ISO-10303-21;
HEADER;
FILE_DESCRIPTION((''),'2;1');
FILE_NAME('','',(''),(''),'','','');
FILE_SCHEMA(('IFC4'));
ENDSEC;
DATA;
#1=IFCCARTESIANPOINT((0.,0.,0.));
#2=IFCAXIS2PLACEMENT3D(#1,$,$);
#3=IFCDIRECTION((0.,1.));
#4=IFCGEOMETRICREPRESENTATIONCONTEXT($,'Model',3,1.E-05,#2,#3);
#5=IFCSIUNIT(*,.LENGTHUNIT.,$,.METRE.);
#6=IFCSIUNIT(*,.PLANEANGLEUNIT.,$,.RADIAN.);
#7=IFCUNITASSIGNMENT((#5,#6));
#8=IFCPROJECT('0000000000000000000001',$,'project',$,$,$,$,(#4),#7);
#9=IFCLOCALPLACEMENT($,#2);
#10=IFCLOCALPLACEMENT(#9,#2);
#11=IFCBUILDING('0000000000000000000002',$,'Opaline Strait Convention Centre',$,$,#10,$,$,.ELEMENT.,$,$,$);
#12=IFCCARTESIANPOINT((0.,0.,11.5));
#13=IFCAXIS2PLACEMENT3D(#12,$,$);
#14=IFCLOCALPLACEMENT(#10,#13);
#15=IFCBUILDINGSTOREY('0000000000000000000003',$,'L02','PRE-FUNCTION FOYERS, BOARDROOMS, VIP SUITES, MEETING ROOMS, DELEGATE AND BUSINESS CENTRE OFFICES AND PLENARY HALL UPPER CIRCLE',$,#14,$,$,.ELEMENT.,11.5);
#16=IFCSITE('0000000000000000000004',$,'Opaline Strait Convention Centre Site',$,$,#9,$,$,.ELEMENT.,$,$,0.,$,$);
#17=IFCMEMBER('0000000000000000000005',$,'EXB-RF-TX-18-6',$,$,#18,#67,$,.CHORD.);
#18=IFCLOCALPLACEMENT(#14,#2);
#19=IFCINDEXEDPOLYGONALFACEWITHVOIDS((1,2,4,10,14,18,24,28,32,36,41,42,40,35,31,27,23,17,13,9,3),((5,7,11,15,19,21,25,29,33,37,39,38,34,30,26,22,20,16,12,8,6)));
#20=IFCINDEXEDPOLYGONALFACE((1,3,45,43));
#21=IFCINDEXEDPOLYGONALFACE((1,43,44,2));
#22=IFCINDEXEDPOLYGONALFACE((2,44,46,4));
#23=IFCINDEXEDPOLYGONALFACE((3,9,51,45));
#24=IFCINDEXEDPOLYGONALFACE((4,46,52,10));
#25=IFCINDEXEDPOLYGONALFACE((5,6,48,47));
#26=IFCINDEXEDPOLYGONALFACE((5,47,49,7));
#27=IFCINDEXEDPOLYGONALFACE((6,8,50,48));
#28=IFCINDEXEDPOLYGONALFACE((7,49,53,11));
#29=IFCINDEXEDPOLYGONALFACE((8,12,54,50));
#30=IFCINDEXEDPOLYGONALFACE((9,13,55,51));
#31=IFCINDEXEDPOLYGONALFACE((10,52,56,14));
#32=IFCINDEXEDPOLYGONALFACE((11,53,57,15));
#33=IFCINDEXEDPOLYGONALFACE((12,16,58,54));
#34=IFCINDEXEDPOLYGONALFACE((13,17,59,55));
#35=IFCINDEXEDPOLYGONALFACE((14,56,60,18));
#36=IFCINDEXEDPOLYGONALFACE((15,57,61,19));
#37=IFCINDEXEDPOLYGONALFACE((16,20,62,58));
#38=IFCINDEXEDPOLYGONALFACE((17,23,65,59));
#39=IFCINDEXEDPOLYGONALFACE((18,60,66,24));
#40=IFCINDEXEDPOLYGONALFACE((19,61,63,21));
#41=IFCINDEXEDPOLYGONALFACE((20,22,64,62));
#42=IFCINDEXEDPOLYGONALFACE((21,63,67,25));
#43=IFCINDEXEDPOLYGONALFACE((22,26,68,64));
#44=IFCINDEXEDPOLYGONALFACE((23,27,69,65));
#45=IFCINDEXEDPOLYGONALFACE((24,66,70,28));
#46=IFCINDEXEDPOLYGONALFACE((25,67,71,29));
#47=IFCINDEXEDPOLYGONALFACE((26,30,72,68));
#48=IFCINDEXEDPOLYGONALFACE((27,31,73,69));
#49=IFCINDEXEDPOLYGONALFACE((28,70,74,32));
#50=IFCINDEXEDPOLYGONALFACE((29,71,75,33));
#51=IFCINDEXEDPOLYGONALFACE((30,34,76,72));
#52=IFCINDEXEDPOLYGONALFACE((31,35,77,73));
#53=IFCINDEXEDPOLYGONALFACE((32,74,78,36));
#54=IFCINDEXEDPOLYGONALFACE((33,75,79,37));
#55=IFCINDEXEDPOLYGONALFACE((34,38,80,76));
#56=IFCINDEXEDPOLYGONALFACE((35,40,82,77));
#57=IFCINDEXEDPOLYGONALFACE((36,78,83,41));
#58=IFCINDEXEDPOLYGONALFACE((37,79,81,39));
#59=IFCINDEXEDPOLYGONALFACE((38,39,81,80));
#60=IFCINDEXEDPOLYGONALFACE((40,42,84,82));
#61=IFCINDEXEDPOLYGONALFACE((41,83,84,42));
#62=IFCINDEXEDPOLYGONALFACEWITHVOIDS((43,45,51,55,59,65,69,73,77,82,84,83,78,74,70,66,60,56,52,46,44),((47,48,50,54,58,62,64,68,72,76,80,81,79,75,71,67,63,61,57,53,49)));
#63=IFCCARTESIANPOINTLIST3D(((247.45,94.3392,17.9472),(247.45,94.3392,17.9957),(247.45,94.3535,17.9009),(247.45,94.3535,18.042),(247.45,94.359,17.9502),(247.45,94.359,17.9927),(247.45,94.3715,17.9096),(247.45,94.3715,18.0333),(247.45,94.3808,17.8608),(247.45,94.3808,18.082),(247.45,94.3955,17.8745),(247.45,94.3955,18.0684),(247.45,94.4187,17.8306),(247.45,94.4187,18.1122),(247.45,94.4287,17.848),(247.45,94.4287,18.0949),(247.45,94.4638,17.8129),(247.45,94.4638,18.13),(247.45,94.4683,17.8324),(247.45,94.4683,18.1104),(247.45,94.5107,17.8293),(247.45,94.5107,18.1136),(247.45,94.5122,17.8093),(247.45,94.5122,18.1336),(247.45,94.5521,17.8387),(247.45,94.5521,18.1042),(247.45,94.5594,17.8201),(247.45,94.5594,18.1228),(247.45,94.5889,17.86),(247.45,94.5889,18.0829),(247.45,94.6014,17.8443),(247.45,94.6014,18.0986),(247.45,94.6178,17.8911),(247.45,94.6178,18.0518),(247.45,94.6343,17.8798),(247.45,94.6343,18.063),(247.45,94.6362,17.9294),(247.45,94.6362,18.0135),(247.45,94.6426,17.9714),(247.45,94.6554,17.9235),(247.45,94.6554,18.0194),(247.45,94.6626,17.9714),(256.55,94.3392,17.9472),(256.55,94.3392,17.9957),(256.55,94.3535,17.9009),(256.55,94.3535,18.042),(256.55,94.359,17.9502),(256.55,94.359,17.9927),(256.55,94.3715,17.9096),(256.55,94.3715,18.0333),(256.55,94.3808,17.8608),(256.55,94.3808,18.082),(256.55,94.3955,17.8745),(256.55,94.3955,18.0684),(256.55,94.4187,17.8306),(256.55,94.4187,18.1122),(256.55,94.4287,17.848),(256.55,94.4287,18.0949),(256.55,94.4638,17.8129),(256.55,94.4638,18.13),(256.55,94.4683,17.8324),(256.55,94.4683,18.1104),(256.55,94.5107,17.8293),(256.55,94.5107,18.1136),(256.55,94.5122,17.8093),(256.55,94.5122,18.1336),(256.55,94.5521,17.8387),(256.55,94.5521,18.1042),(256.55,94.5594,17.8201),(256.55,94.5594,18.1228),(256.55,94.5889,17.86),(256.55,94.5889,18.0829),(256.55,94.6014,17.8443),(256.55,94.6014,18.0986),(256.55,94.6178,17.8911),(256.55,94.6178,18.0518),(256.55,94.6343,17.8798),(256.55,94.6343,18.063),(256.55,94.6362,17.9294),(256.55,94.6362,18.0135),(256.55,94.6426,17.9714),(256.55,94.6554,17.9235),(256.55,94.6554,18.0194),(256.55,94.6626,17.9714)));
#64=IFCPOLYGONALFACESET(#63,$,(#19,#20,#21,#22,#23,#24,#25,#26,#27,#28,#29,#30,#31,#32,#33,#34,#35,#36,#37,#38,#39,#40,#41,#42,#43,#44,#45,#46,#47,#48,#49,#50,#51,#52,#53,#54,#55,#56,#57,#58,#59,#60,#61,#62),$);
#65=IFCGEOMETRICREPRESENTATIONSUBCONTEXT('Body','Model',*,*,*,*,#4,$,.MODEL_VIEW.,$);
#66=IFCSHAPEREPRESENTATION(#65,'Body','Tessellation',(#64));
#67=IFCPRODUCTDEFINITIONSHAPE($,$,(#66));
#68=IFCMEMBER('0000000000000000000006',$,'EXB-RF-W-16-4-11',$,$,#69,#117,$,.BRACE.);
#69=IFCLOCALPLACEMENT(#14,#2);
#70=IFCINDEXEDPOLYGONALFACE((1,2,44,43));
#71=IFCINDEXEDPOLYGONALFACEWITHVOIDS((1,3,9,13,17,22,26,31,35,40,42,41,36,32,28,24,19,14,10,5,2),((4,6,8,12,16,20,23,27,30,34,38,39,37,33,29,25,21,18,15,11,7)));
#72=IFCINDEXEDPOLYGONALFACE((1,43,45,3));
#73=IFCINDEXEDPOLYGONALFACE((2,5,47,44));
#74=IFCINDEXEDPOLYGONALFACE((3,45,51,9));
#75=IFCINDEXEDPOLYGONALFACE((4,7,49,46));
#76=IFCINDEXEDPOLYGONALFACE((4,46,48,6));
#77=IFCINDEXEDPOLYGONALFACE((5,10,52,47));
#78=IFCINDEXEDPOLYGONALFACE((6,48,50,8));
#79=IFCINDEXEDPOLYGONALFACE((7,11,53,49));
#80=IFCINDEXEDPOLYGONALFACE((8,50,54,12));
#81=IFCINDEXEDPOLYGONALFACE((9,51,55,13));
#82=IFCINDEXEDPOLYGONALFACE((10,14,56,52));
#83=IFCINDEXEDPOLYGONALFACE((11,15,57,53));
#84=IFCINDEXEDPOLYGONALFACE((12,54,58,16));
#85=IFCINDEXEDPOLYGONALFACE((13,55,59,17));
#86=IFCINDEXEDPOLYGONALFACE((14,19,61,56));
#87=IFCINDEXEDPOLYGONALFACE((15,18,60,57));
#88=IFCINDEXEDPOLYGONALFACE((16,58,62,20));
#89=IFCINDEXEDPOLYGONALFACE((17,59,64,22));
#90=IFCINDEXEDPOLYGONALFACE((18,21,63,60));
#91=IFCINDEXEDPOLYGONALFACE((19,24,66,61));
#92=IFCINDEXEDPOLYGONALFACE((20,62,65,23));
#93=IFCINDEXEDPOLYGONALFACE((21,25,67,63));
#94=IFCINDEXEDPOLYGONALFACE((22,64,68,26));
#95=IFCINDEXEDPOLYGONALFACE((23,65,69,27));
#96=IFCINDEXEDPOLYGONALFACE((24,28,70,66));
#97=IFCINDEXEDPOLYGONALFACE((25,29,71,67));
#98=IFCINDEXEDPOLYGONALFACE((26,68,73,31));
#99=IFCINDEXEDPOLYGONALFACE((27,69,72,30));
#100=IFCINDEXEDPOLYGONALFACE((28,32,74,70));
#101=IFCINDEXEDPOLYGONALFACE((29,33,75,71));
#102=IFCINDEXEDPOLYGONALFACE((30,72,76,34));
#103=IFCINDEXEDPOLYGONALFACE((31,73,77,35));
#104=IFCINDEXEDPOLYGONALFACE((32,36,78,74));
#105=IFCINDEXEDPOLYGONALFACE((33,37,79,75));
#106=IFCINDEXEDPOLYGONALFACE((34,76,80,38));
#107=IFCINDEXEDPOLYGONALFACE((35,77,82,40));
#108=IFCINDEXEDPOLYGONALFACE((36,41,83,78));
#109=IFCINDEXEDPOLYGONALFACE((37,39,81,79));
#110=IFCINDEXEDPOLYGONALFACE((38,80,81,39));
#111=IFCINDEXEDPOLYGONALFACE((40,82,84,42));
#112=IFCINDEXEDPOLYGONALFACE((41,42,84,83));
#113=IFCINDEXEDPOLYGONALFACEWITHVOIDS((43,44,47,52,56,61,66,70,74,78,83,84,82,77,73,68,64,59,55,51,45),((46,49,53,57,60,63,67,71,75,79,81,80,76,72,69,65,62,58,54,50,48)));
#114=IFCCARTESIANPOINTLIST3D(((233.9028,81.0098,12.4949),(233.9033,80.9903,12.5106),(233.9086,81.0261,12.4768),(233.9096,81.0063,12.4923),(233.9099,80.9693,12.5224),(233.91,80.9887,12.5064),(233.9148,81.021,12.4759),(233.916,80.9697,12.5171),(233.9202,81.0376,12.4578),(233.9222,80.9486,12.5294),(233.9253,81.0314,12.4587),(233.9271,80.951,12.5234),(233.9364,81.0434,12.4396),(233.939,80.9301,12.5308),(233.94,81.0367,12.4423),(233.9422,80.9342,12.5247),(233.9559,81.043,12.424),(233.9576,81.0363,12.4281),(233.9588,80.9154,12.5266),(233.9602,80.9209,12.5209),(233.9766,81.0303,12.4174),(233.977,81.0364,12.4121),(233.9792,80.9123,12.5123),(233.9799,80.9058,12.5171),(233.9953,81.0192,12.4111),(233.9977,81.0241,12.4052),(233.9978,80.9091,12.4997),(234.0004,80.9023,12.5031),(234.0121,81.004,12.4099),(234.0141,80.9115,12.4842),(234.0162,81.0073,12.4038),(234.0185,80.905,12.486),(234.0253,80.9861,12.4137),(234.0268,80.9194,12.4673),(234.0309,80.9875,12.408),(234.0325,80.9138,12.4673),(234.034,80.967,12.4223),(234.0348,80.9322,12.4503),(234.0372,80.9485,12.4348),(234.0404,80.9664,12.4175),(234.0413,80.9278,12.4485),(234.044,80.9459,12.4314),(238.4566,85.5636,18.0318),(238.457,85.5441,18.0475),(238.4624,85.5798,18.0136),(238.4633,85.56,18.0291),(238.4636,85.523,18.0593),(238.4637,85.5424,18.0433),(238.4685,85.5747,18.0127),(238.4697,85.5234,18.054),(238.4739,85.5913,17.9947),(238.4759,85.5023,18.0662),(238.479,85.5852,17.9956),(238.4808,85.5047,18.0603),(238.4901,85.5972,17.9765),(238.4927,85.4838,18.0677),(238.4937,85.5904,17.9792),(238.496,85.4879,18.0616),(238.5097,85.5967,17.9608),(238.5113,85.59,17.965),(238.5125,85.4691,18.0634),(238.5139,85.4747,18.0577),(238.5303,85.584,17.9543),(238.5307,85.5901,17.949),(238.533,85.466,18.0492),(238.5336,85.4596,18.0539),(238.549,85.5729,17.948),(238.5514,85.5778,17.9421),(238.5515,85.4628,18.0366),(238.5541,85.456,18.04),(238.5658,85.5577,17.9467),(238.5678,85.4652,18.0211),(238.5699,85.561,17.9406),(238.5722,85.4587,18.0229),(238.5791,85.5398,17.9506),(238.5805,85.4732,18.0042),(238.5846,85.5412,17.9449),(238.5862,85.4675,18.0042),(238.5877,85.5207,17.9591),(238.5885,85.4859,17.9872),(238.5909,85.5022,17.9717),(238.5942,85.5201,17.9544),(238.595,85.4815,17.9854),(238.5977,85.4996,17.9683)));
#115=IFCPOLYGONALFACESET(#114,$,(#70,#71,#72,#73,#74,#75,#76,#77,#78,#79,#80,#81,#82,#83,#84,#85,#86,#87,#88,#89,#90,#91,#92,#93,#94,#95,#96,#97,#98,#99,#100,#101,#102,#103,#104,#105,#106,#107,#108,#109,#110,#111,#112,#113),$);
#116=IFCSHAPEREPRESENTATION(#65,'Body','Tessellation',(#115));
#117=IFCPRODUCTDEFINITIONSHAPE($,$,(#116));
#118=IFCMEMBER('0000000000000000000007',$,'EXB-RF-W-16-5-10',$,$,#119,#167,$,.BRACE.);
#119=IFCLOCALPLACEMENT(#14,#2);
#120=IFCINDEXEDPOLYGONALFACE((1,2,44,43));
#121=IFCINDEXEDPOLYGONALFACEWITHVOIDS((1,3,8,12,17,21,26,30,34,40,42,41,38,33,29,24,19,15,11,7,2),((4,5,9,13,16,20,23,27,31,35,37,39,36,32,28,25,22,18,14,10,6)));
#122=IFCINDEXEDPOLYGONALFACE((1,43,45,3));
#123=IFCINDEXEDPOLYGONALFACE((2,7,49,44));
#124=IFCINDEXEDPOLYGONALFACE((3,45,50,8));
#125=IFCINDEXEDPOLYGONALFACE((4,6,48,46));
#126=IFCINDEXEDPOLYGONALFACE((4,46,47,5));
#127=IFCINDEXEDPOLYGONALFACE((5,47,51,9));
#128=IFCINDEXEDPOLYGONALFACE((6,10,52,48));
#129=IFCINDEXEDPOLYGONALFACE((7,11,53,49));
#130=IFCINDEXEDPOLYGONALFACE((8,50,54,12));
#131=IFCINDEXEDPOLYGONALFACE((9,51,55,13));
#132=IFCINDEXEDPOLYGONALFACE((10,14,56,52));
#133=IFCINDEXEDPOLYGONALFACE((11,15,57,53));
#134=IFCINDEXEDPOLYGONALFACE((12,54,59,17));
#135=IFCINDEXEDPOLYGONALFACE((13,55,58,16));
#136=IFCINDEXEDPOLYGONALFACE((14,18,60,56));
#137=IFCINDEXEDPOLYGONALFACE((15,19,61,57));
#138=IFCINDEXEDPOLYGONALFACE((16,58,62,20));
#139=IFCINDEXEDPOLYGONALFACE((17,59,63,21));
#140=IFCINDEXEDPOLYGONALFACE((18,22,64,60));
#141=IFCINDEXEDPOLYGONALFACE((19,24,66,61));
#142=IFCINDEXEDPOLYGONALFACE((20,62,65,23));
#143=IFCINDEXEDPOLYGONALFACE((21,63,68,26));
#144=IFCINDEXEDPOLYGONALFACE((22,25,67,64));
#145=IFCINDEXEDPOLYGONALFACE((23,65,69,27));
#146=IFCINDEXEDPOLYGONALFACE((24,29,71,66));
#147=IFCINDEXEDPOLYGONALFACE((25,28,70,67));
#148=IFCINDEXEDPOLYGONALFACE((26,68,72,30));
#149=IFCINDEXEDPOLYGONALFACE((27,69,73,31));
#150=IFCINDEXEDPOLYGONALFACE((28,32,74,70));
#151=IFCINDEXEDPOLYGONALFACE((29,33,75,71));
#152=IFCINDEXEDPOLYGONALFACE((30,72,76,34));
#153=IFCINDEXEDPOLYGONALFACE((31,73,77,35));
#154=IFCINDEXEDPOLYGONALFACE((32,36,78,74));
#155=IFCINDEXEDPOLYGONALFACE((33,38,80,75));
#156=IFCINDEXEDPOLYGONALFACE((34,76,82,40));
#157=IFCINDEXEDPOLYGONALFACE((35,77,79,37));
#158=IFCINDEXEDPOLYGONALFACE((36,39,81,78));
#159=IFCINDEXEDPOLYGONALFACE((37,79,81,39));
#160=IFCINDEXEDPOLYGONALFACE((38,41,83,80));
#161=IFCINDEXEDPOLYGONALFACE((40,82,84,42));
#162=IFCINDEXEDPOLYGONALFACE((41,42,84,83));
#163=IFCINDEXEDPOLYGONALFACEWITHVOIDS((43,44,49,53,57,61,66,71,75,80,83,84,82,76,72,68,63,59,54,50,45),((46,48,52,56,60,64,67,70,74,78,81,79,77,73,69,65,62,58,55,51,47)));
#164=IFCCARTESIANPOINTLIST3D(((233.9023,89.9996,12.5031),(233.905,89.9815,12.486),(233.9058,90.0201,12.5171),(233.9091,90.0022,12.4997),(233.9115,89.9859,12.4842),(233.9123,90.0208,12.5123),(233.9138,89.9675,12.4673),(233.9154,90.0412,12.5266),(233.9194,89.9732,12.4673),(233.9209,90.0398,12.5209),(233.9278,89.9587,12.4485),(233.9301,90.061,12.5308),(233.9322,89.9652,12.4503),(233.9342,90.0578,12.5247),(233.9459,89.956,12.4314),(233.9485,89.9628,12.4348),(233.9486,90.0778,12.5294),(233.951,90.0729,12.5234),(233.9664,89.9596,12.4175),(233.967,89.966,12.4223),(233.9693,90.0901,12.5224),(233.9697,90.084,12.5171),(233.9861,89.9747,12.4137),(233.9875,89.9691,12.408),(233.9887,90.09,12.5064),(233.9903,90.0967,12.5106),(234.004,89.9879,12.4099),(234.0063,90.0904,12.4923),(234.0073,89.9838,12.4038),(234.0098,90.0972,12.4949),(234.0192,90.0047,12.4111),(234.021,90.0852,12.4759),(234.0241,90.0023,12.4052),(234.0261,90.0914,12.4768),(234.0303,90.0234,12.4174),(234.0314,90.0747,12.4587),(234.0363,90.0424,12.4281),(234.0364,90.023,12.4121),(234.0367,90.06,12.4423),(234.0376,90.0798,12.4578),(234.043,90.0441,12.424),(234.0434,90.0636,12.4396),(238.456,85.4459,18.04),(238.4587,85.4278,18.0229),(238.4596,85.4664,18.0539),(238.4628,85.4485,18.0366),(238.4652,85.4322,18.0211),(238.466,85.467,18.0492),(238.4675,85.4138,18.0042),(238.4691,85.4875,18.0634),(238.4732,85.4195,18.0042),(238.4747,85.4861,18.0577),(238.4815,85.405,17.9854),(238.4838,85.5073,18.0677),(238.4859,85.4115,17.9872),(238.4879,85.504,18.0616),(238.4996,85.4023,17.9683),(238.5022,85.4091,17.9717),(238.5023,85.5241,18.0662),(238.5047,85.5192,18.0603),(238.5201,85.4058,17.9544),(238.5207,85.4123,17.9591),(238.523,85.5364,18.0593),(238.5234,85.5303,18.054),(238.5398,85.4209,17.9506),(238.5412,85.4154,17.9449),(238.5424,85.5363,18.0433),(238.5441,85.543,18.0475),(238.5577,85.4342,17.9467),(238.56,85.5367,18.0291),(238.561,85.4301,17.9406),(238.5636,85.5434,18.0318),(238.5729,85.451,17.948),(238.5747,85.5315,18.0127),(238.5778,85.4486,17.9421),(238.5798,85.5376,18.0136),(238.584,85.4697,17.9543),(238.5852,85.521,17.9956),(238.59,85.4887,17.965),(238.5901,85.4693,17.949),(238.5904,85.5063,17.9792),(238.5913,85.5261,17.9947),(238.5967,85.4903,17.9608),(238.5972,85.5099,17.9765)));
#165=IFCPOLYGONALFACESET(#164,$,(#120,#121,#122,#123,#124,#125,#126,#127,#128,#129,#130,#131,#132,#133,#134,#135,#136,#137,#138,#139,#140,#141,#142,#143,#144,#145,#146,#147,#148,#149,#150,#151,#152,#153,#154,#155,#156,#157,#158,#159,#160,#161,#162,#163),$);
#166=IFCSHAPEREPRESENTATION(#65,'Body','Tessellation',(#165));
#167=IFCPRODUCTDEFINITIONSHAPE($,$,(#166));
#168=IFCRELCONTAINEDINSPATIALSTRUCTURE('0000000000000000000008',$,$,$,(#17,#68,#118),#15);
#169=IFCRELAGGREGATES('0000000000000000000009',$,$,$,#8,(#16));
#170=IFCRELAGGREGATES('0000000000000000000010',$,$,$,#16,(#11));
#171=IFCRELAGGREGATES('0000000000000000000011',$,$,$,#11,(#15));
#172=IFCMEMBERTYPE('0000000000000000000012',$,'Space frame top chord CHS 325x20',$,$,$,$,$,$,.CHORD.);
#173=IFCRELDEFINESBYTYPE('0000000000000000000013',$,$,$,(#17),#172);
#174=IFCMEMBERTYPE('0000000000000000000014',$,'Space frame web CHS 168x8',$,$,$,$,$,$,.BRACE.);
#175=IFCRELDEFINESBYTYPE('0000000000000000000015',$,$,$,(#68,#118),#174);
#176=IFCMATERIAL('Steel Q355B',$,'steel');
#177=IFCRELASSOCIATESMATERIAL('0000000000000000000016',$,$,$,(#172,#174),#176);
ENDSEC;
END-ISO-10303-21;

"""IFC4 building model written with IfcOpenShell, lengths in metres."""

from ifc_helpers import new_model, si_unit, direction, frame, origin, origin_2d, place, context, subcontext, project, spatial, hollow_circle, extrude, material, material_profile, profile_set, type_object, element, save


model = new_model("IFC4")

# Units and contexts
model_context = context("Model", 3, precision=1e-05, world=origin(), true_north=direction((0.0, 1.0)))
body_context = subcontext(model_context, "Body", "Model", "MODEL_VIEW")
ifc_project = project(units=[si_unit("LENGTHUNIT", "METRE"), si_unit("PLANEANGLEUNIT", "RADIAN")], contexts=[model_context])

# Site, building, storey
site_placement = place(None, origin())
site = spatial("IfcSite", under=ifc_project, at=site_placement, Name="Opaline Strait Convention Centre Site", CompositionType="ELEMENT", RefElevation=0.0)
building_placement = place(site_placement, origin())
building = spatial("IfcBuilding", under=site, at=building_placement, Name="Opaline Strait Convention Centre", CompositionType="ELEMENT")
storey_placement = place(building_placement, frame((0.0, 0.0, 11.5)))
storey = spatial("IfcBuildingStorey", under=building, at=storey_placement, Name="L02", Description="PRE-FUNCTION FOYERS, BOARDROOMS, VIP SUITES, MEETING ROOMS, DELEGATE AND BUSINESS CENTRE OFFICES AND PLENARY HALL UPPER CIRCLE", CompositionType="ELEMENT", Elevation=11.5)

# Members
ifc_material = material(Name="Steel Q355B", Category="steel")
ifc_material_profile_1 = material_profile(ifc_material, hollow_circle(Radius=0.1626, WallThickness=0.02, at=origin_2d()), Name="CHS 325x20")
ifc_profile_set_1 = profile_set([ifc_material_profile_1], Name="Steel Q355B")
member_type_1 = type_object("IfcMemberType", Name="Space frame top chord CHS 325x20", PredefinedType="CHORD", material=ifc_profile_set_1)
for number, where, z_axis, x_axis, name in (
    (1, (247.45, 94.5, 17.9714), (1.0, 0.0, 0.0), (0.0, 1.0, 0.0), "EXB-RF-TX-18-6"),
):
    element("IfcMember", number, at=place(storey_placement, frame(where, z_axis=z_axis, x_axis=x_axis)), inside=storey, type_object=member_type_1, Name=name, PredefinedType="CHORD", context=body_context, shape_type="SweptSolid", body=[
        extrude(hollow_circle(Radius=0.1626, WallThickness=0.02, at=origin_2d()), origin(), (0.0, 0.0, 1.0), 9.1001),
    ])
ifc_material_profile_2 = material_profile(ifc_material, hollow_circle(Radius=0.084, WallThickness=0.0081, at=origin_2d()), Name="CHS 168x8")
ifc_profile_set_2 = profile_set([ifc_material_profile_2], Name="Steel Q355B")
member_type_2 = type_object("IfcMemberType", Name="Space frame web CHS 168x8", PredefinedType="BRACE", material=ifc_profile_set_2)
for number, where, z_axis, x_axis, name in (
    (2, (238.5269, 85.5269, 18.0042), (-0.536178, -0.536178, -0.65194), (0.707107, -0.707107, 0.0), "EXB-RF-W-16-4-11"),
    (3, (238.5269, 85.4731, 18.0042), (-0.536178, 0.536178, -0.65194), (-0.707107, -0.707107, 0.0), "EXB-RF-W-16-5-10"),
):
    element("IfcMember", number, at=place(storey_placement, frame(where, z_axis=z_axis, x_axis=x_axis)), inside=storey, type_object=member_type_2, Name=name, PredefinedType="BRACE", context=body_context, shape_type="SweptSolid", body=[
        extrude(hollow_circle(Radius=0.084, WallThickness=0.0081, at=origin_2d()), origin(), (0.0, 0.0, 1.0), 8.4929),
    ])

save(model, "model.ifc")
